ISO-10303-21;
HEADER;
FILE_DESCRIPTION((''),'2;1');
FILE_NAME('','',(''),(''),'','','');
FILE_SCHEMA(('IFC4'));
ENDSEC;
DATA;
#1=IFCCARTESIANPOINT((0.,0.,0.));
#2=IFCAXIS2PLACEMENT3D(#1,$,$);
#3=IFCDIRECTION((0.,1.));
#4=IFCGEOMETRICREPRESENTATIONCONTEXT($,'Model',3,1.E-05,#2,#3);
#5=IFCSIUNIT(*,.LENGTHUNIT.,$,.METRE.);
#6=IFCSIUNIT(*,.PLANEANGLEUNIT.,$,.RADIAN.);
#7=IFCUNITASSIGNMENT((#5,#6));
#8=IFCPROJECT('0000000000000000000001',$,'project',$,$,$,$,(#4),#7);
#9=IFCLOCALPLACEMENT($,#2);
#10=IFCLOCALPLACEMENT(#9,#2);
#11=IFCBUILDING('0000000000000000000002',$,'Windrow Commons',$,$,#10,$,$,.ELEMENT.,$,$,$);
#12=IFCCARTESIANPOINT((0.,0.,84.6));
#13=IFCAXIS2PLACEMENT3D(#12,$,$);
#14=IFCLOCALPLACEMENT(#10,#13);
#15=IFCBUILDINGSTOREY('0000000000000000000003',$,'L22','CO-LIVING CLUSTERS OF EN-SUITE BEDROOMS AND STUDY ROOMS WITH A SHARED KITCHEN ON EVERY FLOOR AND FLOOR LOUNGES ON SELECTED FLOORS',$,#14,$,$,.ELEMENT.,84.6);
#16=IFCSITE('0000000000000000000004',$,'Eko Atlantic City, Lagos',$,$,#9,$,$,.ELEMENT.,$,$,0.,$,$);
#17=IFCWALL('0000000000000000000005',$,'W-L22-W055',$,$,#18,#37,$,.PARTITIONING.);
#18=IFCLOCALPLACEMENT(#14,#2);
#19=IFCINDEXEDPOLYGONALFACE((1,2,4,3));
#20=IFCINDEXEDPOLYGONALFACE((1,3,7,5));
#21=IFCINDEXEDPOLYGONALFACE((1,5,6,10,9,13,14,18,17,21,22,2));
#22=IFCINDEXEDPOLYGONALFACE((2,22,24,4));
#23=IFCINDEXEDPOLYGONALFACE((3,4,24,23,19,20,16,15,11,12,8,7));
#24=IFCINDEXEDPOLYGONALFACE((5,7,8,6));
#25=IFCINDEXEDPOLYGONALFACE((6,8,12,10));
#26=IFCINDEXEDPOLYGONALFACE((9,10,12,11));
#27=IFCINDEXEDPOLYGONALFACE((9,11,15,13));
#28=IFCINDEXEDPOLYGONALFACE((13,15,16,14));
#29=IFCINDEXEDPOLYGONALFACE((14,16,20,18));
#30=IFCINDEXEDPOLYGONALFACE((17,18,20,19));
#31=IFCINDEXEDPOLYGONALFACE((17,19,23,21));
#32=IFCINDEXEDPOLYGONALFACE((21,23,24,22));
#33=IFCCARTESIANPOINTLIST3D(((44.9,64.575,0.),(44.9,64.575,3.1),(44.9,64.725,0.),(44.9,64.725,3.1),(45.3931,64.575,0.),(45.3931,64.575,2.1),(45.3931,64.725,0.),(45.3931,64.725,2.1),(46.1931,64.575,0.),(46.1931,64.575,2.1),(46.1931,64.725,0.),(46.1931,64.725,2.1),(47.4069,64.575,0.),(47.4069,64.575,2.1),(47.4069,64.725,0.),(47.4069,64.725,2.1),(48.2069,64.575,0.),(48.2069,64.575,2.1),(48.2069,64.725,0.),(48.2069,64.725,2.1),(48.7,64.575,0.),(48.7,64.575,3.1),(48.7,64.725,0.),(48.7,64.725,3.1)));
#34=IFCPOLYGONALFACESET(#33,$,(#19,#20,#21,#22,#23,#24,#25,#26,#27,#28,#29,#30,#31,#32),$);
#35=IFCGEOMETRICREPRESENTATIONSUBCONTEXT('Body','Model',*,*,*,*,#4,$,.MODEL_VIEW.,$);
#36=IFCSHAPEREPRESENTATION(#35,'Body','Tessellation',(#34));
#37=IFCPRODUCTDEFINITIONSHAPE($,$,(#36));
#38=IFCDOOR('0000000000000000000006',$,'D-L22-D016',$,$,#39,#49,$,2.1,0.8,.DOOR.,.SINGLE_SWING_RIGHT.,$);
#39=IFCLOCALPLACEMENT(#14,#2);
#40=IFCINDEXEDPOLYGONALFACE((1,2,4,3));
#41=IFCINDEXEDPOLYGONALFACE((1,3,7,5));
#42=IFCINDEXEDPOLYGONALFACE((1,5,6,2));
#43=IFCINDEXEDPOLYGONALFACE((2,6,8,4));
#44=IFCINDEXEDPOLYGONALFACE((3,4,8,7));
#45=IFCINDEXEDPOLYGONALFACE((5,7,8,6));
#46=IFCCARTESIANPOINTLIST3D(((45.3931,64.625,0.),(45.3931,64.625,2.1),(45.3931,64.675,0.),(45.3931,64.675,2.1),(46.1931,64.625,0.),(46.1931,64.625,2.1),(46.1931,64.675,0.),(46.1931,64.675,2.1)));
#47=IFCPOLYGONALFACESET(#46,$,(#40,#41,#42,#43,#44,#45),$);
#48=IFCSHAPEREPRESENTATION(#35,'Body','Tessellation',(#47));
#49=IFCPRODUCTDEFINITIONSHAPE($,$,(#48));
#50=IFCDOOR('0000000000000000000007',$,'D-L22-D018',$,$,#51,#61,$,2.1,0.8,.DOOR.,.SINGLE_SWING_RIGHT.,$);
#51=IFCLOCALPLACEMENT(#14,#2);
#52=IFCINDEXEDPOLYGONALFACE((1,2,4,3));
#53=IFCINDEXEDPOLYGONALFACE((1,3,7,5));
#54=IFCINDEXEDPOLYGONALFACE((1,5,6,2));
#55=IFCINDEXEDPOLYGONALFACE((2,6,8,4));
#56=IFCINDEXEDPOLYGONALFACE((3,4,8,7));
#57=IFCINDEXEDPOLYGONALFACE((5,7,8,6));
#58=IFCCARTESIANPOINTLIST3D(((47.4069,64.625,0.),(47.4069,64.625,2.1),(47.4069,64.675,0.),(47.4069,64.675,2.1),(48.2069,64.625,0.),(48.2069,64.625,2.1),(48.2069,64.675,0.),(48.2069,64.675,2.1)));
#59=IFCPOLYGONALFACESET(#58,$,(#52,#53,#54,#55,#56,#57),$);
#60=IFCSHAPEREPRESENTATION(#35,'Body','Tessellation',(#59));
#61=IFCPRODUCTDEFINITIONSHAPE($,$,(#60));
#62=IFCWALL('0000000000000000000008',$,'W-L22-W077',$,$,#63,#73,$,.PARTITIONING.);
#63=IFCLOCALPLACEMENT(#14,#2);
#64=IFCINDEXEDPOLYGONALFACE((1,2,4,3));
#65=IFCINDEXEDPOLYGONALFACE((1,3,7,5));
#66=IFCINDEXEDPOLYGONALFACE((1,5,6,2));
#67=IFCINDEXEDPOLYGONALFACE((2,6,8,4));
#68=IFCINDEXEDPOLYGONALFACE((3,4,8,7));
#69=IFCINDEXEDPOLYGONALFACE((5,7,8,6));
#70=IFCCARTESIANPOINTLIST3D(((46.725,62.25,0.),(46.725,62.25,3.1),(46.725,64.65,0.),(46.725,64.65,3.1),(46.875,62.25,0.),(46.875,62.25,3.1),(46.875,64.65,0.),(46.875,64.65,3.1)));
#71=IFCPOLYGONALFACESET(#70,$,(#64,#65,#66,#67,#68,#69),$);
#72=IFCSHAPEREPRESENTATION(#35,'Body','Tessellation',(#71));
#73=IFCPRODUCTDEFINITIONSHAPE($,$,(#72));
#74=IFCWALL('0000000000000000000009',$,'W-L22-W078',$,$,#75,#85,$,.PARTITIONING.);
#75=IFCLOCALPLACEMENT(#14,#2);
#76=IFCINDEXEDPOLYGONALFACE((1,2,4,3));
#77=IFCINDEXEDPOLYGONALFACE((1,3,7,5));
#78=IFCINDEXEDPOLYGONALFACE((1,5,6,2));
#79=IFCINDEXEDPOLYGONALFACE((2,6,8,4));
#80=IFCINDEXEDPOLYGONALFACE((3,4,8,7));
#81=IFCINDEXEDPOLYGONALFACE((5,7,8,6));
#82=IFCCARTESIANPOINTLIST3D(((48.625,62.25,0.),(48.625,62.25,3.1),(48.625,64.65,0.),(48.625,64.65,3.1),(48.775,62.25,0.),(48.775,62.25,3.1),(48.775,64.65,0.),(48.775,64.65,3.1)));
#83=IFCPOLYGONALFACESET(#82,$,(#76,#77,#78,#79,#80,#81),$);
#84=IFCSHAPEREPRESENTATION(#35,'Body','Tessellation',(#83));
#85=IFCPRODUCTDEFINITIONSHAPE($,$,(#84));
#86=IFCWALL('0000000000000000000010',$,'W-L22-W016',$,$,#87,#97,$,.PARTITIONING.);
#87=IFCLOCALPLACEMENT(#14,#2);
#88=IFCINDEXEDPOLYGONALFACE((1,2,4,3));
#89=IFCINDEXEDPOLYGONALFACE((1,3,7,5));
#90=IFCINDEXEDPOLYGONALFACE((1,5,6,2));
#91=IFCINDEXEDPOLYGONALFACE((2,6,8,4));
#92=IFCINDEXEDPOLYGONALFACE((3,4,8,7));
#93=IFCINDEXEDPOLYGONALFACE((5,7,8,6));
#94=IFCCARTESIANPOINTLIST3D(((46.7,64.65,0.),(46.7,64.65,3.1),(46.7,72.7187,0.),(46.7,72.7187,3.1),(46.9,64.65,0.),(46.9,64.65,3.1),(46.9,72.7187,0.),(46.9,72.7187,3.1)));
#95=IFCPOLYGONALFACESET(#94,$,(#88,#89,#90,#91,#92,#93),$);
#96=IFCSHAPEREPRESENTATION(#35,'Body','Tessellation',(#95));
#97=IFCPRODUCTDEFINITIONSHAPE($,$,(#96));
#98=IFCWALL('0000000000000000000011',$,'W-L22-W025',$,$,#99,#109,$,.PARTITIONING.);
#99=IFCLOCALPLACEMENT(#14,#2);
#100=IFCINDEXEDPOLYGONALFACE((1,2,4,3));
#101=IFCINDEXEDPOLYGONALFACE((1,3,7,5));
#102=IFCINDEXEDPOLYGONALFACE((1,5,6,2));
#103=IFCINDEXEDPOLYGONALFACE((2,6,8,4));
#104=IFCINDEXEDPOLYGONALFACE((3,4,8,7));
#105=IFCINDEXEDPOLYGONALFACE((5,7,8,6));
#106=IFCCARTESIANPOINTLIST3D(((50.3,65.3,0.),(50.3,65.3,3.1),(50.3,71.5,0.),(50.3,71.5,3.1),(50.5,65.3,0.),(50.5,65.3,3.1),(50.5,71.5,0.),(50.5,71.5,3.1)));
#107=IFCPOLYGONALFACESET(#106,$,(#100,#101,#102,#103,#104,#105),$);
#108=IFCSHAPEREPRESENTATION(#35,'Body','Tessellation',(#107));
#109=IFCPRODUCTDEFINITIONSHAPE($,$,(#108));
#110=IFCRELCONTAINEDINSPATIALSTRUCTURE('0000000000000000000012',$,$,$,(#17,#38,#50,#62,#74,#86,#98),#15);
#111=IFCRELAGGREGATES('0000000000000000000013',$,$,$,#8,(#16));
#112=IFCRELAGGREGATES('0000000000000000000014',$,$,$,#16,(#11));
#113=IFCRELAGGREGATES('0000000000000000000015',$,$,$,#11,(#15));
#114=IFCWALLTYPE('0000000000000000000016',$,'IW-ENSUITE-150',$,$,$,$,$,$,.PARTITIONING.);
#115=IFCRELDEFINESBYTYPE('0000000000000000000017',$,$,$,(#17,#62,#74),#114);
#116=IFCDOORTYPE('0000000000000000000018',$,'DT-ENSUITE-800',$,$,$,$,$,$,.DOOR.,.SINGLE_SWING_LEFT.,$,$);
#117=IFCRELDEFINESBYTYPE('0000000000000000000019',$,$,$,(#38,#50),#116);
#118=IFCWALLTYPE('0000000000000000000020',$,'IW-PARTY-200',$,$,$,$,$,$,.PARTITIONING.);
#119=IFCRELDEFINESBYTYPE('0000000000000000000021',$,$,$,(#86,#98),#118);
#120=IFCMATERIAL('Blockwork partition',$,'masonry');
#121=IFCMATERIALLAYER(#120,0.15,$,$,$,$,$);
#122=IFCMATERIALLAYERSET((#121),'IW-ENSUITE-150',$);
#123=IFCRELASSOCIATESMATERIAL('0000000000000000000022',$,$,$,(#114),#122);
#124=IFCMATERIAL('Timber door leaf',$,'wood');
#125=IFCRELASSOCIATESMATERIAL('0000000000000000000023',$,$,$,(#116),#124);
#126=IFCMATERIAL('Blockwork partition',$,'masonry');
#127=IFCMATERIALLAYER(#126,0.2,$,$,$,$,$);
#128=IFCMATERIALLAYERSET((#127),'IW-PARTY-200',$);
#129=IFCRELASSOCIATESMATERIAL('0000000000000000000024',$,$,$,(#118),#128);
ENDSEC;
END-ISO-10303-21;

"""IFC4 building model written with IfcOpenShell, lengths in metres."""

from ifc_helpers import new_model, si_unit, direction, frame, frame_2d, origin, place, context, subcontext, project, spatial, rectangle, extrude, material, layer, layer_set, type_object, element, fill, save


model = new_model("IFC4")

# Units and contexts
model_context = context("Model", 3, precision=1e-05, world=origin(), true_north=direction((0.0, 1.0)))
body_context = subcontext(model_context, "Body", "Model", "MODEL_VIEW")
ifc_project = project(units=[si_unit("LENGTHUNIT", "METRE"), si_unit("PLANEANGLEUNIT", "RADIAN")], contexts=[model_context])

# Site, building, storey
site_placement = place(None, origin())
site = spatial("IfcSite", under=ifc_project, at=site_placement, Name="Eko Atlantic City, Lagos", CompositionType="ELEMENT", RefElevation=0.0)
building_placement = place(site_placement, origin())
building = spatial("IfcBuilding", under=site, at=building_placement, Name="Windrow Commons", CompositionType="ELEMENT")
storey_placement = place(building_placement, frame((0.0, 0.0, 84.6)))
storey = spatial("IfcBuildingStorey", under=building, at=storey_placement, Name="L22", Description="CO-LIVING CLUSTERS OF EN-SUITE BEDROOMS AND STUDY ROOMS WITH A SHARED KITCHEN ON EVERY FLOOR AND FLOOR LOUNGES ON SELECTED FLOORS", CompositionType="ELEMENT", Elevation=84.6)

# Wall, openings, doors
ifc_material_1 = material(Name="Blockwork partition", Category="masonry")
ifc_layer_1 = layer(ifc_material_1, 0.15)
ifc_layer_set_1 = layer_set([ifc_layer_1], Name="IW-ENSUITE-150")
wall_type_1 = type_object("IfcWallType", Name="IW-ENSUITE-150", PredefinedType="PARTITIONING", material=ifc_layer_set_1)
wall_1_placement = place(storey_placement, frame((44.9, 64.65, 0.0), z_axis=(0.0, 0.0, 1.0), x_axis=(1.0, 0.0, 0.0)))
wall_1 = element("IfcWall", 1, at=wall_1_placement, inside=storey, type_object=wall_type_1, Name="W-L22-W055", PredefinedType="PARTITIONING", context=body_context, shape_type="SweptSolid", body=[
    extrude(rectangle(XDim=3.8, YDim=0.15, at=frame_2d((1.9, 0.0))), origin(), (0.0, 0.0, 1.0), 3.1),
])
opening_1_placement = place(wall_1_placement, frame((0.4931, 0.0, 0.0)))
opening_1 = element("IfcOpeningElement", 2, at=opening_1_placement, cuts=wall_1, PredefinedType="OPENING", context=body_context, shape_type="SweptSolid", body=[
    extrude(rectangle(XDim=0.8, YDim=2.1, at=frame_2d((0.4, 1.05))), frame((0.0, 0.085, 0.0), z_axis=(0.0, -1.0, 0.0), x_axis=(1.0, 0.0, 0.0)), (0.0, 0.0, 1.0), 0.17),
])
opening_2_placement = place(wall_1_placement, frame((2.5069, 0.0, 0.0)))
opening_2 = element("IfcOpeningElement", 3, at=opening_2_placement, cuts=wall_1, PredefinedType="OPENING", context=body_context, shape_type="SweptSolid", body=[
    extrude(rectangle(XDim=0.8, YDim=2.1, at=frame_2d((0.4, 1.05))), frame((0.0, 0.085, 0.0), z_axis=(0.0, -1.0, 0.0), x_axis=(1.0, 0.0, 0.0)), (0.0, 0.0, 1.0), 0.17),
])
ifc_material_2 = material(Name="Timber door leaf", Category="wood")
door_type = type_object("IfcDoorType", Name="DT-ENSUITE-800", OperationType="SINGLE_SWING_LEFT", PredefinedType="DOOR", material=ifc_material_2)
door_1_placement = place(opening_1_placement, origin())
door_1 = element("IfcDoor", 4, at=door_1_placement, inside=storey, type_object=door_type, Name="D-L22-D016", OperationType="SINGLE_SWING_RIGHT", OverallHeight=2.1, OverallWidth=0.8, PredefinedType="DOOR", context=body_context, shape_type="SweptSolid", body=[
    extrude(rectangle(XDim=0.8, YDim=2.1, at=frame_2d((0.4, 1.05))), frame((0.0, 0.025, 0.0), z_axis=(0.0, -1.0, 0.0), x_axis=(1.0, 0.0, 0.0)), (0.0, 0.0, 1.0), 0.05),
])
fill(opening_1, door_1)
door_2_placement = place(opening_2_placement, origin())
door_2 = element("IfcDoor", 5, at=door_2_placement, inside=storey, type_object=door_type, Name="D-L22-D018", OperationType="SINGLE_SWING_RIGHT", OverallHeight=2.1, OverallWidth=0.8, PredefinedType="DOOR", context=body_context, shape_type="SweptSolid", body=[
    extrude(rectangle(XDim=0.8, YDim=2.1, at=frame_2d((0.4, 1.05))), frame((0.0, 0.025, 0.0), z_axis=(0.0, -1.0, 0.0), x_axis=(1.0, 0.0, 0.0)), (0.0, 0.0, 1.0), 0.05),
])
fill(opening_2, door_2)

# Walls
for number, where, z_axis, x_axis, name in (
    (6, (46.8, 62.25, 0.0), (0.0, 0.0, 1.0), (0.0, 1.0, 0.0), "W-L22-W077"),
    (7, (48.7, 62.25, 0.0), (0.0, 0.0, 1.0), (0.0, 1.0, 0.0), "W-L22-W078"),
):
    element("IfcWall", number, at=place(storey_placement, frame(where, z_axis=z_axis, x_axis=x_axis)), inside=storey, type_object=wall_type_1, Name=name, PredefinedType="PARTITIONING", context=body_context, shape_type="SweptSolid", body=[
        extrude(rectangle(XDim=2.4, YDim=0.15, at=frame_2d((1.2, 0.0))), origin(), (0.0, 0.0, 1.0), 3.1),
    ])
ifc_material_3 = material(Name="Blockwork partition", Category="masonry")
ifc_layer_2 = layer(ifc_material_3, 0.2)
ifc_layer_set_2 = layer_set([ifc_layer_2], Name="IW-PARTY-200")
wall_type_2 = type_object("IfcWallType", Name="IW-PARTY-200", PredefinedType="PARTITIONING", material=ifc_layer_set_2)
wall_2_placement = place(storey_placement, frame((46.8, 64.65, 0.0), z_axis=(0.0, 0.0, 1.0), x_axis=(0.0, 1.0, 0.0)))
element("IfcWall", 8, at=wall_2_placement, inside=storey, type_object=wall_type_2, Name="W-L22-W016", PredefinedType="PARTITIONING", context=body_context, shape_type="SweptSolid", body=[
    extrude(rectangle(XDim=8.0687, YDim=0.2, at=frame_2d((4.0343, 0.0))), origin(), (0.0, 0.0, 1.0), 3.1),
])
wall_3_placement = place(storey_placement, frame((50.4, 65.3, 0.0), z_axis=(0.0, 0.0, 1.0), x_axis=(0.0, 1.0, 0.0)))
element("IfcWall", 9, at=wall_3_placement, inside=storey, type_object=wall_type_2, Name="W-L22-W025", PredefinedType="PARTITIONING", context=body_context, shape_type="SweptSolid", body=[
    extrude(rectangle(XDim=6.2, YDim=0.2, at=frame_2d((3.1, 0.0))), origin(), (0.0, 0.0, 1.0), 3.1),
])

save(model, "model.ifc")
